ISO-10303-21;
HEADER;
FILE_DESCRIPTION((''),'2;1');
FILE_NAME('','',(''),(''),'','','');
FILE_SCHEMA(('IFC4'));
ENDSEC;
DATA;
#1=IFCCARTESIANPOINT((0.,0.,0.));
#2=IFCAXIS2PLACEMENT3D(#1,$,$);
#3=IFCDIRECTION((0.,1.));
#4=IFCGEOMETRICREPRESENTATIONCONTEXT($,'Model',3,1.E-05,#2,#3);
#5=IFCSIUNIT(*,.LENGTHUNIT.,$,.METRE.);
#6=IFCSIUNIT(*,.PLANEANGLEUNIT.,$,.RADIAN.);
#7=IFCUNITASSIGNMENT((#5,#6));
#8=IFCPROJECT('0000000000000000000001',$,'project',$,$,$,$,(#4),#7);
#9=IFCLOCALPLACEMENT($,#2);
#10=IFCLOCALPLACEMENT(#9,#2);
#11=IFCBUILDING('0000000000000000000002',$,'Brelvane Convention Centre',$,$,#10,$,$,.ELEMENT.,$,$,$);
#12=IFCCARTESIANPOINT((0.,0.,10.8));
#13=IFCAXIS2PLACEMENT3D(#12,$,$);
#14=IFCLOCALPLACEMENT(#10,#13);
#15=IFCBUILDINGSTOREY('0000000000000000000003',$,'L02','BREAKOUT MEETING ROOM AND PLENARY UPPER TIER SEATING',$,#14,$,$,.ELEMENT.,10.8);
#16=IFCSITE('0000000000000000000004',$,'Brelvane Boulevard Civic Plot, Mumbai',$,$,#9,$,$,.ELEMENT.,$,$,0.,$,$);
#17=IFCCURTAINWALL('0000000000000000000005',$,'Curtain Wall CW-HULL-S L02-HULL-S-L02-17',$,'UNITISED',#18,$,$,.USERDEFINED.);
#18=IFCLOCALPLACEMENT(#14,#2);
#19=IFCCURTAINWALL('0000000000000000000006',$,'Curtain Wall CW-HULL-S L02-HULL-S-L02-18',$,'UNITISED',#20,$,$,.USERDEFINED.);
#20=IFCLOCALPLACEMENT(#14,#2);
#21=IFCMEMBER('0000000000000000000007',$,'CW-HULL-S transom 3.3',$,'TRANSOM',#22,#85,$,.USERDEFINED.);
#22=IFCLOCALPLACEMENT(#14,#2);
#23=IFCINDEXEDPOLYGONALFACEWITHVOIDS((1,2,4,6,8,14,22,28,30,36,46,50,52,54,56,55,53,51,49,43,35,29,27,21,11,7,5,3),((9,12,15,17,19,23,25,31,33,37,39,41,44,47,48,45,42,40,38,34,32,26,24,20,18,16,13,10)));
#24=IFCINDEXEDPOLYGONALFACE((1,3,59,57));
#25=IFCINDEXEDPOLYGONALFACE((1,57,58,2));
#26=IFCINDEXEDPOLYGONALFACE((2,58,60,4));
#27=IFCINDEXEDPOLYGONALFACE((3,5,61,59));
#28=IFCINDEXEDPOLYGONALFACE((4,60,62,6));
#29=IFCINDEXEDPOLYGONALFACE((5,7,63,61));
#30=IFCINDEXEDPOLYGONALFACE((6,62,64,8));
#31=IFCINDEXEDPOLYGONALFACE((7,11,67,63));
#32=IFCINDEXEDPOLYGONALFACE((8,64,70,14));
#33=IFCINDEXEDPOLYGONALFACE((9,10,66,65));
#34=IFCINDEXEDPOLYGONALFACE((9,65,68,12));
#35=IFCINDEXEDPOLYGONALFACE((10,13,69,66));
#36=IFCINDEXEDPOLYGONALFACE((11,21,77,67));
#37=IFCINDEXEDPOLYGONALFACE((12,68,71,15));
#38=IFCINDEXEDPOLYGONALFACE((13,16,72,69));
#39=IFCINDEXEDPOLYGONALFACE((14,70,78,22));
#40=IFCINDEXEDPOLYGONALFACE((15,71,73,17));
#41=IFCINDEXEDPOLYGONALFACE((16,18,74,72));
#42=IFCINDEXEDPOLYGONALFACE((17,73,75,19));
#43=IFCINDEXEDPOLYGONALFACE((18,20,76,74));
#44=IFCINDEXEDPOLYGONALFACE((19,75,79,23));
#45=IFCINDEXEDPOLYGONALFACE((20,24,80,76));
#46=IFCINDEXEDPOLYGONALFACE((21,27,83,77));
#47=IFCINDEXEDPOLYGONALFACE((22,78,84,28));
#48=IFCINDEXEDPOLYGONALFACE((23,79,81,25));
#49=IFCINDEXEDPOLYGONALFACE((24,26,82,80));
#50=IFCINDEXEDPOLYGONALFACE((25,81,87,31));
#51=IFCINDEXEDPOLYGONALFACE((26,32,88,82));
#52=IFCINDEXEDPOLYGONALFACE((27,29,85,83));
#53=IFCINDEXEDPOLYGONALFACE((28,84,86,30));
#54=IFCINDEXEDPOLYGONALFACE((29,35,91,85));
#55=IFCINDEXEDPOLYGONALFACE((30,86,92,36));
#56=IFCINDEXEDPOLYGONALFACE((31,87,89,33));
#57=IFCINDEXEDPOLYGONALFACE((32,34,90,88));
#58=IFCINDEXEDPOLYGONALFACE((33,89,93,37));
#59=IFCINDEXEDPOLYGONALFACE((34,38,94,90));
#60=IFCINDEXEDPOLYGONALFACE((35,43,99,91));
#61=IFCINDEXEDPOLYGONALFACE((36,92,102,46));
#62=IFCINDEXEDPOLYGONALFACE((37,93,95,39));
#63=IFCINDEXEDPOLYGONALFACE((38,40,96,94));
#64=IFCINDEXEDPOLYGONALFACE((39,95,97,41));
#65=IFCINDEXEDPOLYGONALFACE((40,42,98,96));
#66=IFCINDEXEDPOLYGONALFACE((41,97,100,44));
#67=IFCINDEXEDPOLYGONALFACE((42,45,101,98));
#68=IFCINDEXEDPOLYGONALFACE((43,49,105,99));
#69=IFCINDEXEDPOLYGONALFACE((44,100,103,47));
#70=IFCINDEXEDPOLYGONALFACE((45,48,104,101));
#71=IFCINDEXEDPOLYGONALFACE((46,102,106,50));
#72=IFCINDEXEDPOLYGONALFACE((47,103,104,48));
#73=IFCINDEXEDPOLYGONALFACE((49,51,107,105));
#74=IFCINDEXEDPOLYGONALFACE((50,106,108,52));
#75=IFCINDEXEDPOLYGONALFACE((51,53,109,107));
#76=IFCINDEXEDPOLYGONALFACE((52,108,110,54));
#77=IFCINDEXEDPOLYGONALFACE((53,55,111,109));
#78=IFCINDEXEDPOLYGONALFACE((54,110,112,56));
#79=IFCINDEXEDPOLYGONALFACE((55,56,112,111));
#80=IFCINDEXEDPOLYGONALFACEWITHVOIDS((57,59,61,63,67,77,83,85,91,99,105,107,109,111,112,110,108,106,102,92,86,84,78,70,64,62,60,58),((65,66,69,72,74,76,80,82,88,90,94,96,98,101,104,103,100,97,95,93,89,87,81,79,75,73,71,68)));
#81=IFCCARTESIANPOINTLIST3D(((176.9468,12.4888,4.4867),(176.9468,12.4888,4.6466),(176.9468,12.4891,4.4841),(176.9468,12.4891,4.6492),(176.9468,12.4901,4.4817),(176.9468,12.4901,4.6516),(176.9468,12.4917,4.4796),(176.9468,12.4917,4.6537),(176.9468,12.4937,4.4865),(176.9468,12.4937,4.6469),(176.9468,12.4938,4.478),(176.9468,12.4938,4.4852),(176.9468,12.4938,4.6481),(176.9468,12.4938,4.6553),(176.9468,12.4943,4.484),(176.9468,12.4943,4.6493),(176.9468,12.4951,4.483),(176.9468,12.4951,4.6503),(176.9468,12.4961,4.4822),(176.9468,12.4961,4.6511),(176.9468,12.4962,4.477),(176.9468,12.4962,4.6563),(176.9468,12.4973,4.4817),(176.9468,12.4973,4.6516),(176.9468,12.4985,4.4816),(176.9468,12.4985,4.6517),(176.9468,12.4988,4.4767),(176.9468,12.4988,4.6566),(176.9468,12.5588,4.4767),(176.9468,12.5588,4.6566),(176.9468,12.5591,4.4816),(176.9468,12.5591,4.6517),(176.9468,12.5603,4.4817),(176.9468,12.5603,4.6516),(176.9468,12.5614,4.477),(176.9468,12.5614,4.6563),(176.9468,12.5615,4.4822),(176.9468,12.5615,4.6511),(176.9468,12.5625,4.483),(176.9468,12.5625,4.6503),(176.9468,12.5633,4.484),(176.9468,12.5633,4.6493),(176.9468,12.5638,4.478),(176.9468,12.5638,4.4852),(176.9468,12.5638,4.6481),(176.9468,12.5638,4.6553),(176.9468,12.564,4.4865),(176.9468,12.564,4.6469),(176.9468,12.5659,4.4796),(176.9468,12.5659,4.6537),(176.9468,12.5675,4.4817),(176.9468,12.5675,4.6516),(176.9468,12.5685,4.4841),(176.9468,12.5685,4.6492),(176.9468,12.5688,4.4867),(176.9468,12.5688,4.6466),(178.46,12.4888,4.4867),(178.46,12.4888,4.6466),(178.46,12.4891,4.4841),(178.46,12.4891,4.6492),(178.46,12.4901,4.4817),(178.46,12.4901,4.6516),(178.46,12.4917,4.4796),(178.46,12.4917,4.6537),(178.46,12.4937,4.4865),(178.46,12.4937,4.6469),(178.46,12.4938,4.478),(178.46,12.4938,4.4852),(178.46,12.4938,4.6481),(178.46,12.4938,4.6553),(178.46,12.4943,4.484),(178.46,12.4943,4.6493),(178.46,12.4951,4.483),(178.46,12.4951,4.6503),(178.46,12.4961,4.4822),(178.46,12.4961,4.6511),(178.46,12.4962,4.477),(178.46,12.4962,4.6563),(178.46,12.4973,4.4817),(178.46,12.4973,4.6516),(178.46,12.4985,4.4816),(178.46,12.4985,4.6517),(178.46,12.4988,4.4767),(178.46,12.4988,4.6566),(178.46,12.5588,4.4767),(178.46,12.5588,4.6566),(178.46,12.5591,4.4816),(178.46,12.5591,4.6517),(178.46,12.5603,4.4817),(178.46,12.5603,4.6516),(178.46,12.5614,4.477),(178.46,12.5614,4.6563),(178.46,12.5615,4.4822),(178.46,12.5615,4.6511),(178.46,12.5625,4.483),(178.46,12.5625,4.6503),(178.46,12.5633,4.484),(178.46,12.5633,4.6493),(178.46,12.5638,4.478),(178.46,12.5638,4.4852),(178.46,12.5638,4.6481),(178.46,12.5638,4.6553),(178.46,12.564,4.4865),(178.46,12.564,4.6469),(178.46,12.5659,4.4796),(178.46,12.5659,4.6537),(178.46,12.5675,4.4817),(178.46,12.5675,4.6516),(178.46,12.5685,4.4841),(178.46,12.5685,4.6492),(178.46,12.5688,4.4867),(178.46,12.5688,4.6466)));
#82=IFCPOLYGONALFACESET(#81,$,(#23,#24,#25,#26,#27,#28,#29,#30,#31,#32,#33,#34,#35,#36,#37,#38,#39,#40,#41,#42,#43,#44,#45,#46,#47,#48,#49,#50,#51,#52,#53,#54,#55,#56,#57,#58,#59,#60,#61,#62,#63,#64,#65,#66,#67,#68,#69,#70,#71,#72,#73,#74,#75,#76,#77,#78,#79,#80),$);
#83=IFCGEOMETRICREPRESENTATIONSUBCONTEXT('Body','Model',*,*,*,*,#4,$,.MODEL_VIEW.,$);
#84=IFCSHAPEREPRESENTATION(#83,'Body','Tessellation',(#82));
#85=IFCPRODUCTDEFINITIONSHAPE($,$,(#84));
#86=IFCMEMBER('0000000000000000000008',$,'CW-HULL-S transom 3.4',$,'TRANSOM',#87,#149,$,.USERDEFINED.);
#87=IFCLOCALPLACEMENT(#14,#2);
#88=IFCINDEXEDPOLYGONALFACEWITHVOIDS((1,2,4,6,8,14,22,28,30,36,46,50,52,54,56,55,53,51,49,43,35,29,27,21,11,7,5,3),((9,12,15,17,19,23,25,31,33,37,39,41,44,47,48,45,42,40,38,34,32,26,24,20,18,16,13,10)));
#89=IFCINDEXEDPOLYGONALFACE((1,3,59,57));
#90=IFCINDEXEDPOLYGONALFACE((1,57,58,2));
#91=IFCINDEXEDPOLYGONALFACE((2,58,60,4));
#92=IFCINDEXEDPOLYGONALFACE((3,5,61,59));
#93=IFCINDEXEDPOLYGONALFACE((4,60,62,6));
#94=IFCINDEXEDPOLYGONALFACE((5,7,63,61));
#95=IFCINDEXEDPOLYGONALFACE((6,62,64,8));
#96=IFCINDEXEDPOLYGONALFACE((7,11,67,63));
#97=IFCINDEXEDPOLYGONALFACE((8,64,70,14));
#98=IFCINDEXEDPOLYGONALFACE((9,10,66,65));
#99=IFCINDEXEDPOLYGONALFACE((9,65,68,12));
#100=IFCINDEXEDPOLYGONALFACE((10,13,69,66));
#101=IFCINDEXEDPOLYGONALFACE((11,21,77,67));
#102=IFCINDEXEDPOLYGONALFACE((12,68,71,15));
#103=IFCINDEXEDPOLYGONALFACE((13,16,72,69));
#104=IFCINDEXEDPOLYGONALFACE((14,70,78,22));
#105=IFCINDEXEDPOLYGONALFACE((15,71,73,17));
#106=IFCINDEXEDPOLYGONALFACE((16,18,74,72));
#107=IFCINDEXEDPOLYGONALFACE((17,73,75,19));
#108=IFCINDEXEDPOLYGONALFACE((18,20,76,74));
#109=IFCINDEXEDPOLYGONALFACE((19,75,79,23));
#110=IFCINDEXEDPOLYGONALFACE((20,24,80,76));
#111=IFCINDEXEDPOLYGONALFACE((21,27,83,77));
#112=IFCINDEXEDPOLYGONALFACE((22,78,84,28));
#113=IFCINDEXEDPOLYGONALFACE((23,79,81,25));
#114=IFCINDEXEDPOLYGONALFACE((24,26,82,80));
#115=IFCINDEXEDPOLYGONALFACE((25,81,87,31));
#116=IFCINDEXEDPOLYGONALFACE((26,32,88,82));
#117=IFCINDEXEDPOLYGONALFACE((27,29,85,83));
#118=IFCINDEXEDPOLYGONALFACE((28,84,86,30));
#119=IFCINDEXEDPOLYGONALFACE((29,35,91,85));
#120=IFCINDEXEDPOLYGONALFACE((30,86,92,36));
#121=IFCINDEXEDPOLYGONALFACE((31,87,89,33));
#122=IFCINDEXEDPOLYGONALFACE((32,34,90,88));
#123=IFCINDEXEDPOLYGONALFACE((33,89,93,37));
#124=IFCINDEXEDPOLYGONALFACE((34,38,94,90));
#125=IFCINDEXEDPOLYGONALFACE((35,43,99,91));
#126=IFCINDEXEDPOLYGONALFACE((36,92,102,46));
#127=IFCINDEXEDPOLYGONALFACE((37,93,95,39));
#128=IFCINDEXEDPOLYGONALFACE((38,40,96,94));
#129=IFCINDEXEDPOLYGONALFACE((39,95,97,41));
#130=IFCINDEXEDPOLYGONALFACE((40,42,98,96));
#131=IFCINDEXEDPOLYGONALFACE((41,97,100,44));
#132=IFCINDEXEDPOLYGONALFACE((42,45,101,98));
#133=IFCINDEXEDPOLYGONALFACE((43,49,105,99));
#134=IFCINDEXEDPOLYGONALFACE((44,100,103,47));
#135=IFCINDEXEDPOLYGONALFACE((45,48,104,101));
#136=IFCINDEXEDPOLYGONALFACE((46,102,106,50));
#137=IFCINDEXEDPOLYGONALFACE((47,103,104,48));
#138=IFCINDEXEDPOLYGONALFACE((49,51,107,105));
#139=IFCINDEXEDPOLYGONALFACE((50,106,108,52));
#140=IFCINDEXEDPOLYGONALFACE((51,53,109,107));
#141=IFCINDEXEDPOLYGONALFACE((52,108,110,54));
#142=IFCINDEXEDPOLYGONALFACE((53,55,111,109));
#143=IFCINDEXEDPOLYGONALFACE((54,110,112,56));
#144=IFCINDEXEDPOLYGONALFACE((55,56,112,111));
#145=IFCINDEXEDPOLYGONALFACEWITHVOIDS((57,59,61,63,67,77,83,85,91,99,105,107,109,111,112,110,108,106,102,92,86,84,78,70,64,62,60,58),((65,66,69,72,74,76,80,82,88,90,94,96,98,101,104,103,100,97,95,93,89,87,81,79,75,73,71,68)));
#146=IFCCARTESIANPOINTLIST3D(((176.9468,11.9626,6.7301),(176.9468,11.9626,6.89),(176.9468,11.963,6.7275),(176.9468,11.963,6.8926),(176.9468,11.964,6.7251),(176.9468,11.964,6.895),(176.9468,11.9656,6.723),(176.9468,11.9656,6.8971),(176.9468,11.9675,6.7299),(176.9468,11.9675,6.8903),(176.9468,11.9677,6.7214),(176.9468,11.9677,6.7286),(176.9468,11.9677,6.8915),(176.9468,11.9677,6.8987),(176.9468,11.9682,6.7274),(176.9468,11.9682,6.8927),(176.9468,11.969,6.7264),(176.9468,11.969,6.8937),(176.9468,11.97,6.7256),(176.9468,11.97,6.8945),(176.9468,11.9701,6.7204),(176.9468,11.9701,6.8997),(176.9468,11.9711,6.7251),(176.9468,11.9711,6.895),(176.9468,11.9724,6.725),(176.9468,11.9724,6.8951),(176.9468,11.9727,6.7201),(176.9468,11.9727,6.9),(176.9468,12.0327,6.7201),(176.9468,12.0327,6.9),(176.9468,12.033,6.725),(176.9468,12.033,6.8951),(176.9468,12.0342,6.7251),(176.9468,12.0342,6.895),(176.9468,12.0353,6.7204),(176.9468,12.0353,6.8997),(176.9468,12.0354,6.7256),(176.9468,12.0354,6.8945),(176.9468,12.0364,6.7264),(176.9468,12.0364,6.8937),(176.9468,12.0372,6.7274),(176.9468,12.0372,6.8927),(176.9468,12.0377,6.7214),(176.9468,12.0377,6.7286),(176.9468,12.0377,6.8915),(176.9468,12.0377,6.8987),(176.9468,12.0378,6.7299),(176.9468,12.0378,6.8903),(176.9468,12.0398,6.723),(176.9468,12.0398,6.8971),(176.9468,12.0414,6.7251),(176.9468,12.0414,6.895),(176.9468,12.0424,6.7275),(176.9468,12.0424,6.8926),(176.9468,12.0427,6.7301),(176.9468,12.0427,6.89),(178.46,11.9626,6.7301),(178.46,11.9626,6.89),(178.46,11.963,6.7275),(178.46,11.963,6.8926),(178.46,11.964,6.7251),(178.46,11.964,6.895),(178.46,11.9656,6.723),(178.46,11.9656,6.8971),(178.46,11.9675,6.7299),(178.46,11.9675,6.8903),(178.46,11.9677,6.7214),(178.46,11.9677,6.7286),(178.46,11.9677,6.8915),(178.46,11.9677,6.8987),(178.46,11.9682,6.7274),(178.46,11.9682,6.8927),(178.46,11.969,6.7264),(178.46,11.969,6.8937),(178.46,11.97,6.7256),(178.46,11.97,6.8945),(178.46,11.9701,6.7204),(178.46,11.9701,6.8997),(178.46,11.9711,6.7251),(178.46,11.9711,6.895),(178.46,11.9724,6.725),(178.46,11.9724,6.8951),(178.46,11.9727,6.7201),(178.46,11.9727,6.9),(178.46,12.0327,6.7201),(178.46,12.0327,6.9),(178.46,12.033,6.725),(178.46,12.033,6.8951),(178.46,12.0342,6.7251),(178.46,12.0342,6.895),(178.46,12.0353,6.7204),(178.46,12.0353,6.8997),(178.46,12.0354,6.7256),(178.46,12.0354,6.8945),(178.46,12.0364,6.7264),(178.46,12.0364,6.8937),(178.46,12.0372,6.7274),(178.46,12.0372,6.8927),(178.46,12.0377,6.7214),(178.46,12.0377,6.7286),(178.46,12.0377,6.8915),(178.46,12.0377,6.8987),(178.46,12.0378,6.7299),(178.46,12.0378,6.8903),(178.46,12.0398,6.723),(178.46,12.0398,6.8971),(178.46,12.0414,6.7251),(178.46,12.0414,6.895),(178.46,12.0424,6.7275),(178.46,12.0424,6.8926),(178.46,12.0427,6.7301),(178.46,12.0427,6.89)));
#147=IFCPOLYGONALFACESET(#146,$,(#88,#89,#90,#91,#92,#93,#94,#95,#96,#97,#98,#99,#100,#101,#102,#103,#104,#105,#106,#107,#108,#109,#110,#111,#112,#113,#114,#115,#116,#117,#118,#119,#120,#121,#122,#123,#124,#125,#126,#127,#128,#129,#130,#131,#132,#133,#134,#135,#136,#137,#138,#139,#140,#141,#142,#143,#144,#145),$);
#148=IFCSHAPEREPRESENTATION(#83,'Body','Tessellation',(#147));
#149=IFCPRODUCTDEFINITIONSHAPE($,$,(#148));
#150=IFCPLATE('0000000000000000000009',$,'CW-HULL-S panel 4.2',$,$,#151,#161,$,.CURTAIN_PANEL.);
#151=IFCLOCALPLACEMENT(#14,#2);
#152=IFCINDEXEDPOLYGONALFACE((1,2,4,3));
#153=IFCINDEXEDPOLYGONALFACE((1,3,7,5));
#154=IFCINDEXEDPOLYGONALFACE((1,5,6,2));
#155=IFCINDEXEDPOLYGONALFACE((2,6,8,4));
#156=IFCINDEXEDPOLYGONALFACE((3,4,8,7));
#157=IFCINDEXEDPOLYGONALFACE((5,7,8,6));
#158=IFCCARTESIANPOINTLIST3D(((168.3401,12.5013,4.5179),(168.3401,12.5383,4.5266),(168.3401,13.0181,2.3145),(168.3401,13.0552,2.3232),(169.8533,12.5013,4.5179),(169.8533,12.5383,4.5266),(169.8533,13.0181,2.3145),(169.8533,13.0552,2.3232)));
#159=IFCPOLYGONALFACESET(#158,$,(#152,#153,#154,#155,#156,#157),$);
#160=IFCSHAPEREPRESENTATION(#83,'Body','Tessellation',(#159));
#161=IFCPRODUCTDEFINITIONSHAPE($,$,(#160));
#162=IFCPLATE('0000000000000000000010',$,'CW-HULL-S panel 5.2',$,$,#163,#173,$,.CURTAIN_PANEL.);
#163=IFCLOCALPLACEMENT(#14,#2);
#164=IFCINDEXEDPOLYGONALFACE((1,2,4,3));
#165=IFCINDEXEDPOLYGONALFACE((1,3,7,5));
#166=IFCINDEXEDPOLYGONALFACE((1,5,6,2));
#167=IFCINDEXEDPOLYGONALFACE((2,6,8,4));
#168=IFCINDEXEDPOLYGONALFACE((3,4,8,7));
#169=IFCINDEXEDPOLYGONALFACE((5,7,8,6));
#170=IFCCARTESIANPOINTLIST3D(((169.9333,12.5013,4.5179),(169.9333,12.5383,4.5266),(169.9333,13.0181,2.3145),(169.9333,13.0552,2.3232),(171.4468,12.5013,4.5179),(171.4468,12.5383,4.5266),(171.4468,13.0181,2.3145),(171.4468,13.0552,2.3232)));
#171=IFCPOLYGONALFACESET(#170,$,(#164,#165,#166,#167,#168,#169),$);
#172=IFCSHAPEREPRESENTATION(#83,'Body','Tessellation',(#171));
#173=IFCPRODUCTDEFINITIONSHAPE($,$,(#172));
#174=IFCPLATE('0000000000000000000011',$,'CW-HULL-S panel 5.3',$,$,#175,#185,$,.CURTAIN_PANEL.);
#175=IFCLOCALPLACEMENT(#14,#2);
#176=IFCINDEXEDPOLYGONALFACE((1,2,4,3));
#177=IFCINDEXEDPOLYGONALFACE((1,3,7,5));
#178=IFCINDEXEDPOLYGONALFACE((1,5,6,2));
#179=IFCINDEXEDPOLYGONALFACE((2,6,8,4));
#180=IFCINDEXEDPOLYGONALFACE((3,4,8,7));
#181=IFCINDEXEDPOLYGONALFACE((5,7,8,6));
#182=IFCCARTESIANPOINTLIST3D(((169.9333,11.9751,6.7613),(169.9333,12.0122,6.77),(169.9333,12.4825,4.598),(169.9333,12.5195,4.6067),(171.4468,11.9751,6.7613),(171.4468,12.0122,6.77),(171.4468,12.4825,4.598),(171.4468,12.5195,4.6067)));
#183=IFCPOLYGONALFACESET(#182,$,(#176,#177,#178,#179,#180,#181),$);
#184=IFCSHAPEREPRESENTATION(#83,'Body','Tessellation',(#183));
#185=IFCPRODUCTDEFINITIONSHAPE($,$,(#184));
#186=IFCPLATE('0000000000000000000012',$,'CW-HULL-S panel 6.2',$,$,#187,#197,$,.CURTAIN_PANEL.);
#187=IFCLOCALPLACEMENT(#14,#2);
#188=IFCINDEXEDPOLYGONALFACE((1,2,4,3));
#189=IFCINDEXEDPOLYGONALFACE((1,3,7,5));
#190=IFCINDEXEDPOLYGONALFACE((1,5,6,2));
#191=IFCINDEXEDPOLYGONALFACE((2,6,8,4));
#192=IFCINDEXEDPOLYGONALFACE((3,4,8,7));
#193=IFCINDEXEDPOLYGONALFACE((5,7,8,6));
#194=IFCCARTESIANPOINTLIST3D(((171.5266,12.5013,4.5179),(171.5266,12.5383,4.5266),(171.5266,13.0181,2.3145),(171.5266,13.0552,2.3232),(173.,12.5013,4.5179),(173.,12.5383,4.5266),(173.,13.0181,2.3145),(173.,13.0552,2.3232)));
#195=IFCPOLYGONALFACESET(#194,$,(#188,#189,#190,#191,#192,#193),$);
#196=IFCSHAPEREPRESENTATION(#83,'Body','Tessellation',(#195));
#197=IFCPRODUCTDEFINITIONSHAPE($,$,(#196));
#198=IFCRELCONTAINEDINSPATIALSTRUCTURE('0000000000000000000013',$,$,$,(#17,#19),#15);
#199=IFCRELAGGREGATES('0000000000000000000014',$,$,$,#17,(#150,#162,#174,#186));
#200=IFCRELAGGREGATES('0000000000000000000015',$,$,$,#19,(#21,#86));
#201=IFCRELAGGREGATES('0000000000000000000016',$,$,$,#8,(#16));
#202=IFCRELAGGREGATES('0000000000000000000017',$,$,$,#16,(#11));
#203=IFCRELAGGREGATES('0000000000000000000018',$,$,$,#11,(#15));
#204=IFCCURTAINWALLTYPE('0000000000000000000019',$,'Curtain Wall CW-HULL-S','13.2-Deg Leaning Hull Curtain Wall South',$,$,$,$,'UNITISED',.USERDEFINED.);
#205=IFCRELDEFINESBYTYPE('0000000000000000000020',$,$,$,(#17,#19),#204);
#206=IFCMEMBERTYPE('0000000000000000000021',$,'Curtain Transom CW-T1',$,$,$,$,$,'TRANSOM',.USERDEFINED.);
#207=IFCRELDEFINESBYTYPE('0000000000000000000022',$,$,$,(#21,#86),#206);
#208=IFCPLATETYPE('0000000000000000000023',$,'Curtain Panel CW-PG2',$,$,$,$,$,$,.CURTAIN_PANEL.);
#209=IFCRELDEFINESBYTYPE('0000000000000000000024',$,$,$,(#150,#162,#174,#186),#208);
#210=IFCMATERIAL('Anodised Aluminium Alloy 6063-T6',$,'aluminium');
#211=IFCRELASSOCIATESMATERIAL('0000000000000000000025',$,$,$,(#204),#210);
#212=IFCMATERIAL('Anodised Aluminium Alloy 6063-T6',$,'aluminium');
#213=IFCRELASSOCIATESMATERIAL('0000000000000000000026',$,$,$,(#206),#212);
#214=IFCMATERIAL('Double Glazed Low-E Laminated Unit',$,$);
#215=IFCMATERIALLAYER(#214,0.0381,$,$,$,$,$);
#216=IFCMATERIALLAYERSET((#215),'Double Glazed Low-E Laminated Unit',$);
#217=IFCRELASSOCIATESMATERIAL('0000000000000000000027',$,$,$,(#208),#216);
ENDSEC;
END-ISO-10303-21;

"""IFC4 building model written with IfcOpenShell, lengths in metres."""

from ifc_helpers import new_model, si_unit, direction, frame, origin, origin_2d, place, context, subcontext, project, spatial, polyline, hollow_rectangle, outline, extrude, material, layer, layer_set, material_profile, profile_set, type_object, element, aggregate, save


model = new_model("IFC4")

# Units and contexts
model_context = context("Model", 3, precision=1e-05, world=origin(), true_north=direction((0.0, 1.0)))
body_context = subcontext(model_context, "Body", "Model", "MODEL_VIEW")
ifc_project = project(units=[si_unit("LENGTHUNIT", "METRE"), si_unit("PLANEANGLEUNIT", "RADIAN")], contexts=[model_context])

# Site, building, storey
site_placement = place(None, origin())
site = spatial("IfcSite", under=ifc_project, at=site_placement, Name="Brelvane Boulevard Civic Plot, Mumbai", CompositionType="ELEMENT", RefElevation=0.0)
building_placement = place(site_placement, origin())
building = spatial("IfcBuilding", under=site, at=building_placement, Name="Brelvane Convention Centre", CompositionType="ELEMENT")
storey_placement = place(building_placement, frame((0.0, 0.0, 10.8)))
storey = spatial("IfcBuildingStorey", under=building, at=storey_placement, Name="L02", Description="BREAKOUT MEETING ROOM AND PLENARY UPPER TIER SEATING", CompositionType="ELEMENT", Elevation=10.8)

# Curtain walls, members
ifc_material_1 = material(Name="Anodised Aluminium Alloy 6063-T6", Category="aluminium")
curtain_wall_type = type_object("IfcCurtainWallType", Name="Curtain Wall CW-HULL-S", Description="13.2-Deg Leaning Hull Curtain Wall South", ElementType="UNITISED", PredefinedType="USERDEFINED", material=ifc_material_1)
curtain_wall_1_placement = place(storey_placement, origin())
curtain_wall_1 = element("IfcCurtainWall", 1, at=curtain_wall_1_placement, inside=storey, type_object=curtain_wall_type, Name="Curtain Wall CW-HULL-S L02-HULL-S-L02-17", ObjectType="UNITISED", PredefinedType="USERDEFINED")
ifc_material_2 = material(Name="Anodised Aluminium Alloy 6063-T6", Category="aluminium")
ifc_material_profile = material_profile(ifc_material_2, hollow_rectangle(XDim=0.0801, YDim=0.1799, WallThickness=0.0049, InnerFilletRadius=0.0049, OuterFilletRadius=0.01, at=origin_2d()), Name="ALU-T 180x80x5.0")
ifc_profile_set = profile_set([ifc_material_profile], Name="Anodised Aluminium Alloy 6063-T6")
member_type = type_object("IfcMemberType", Name="Curtain Transom CW-T1", ElementType="TRANSOM", PredefinedType="USERDEFINED", material=ifc_profile_set)
curtain_wall_2_placement = place(storey_placement, origin())
curtain_wall_2 = element("IfcCurtainWall", 2, at=curtain_wall_2_placement, inside=storey, type_object=curtain_wall_type, Name="Curtain Wall CW-HULL-S L02-HULL-S-L02-18", ObjectType="UNITISED", PredefinedType="USERDEFINED")
member_1_placement = place(storey_placement, frame((176.9468, 12.5288, 4.5667), z_axis=(1.0, 0.0, 0.0), x_axis=(0.0, 1.0, 0.0)))
member_1 = element("IfcMember", 3, at=member_1_placement, type_object=member_type, Name="CW-HULL-S transom 3.3", ObjectType="TRANSOM", PredefinedType="USERDEFINED", context=body_context, shape_type="SweptSolid", body=[
    extrude(hollow_rectangle(XDim=0.0801, YDim=0.1799, WallThickness=0.0049, InnerFilletRadius=0.0049, OuterFilletRadius=0.01, at=origin_2d()), origin(), (0.0, 0.0, 1.0), 1.5132),
])
member_2_placement = place(storey_placement, frame((176.9468, 12.0027, 6.8101), z_axis=(1.0, 0.0, 0.0), x_axis=(0.0, 1.0, 0.0)))
member_2 = element("IfcMember", 4, at=member_2_placement, type_object=member_type, Name="CW-HULL-S transom 3.4", ObjectType="TRANSOM", PredefinedType="USERDEFINED", context=body_context, shape_type="SweptSolid", body=[
    extrude(hollow_rectangle(XDim=0.0801, YDim=0.1799, WallThickness=0.0049, InnerFilletRadius=0.0049, OuterFilletRadius=0.01, at=origin_2d()), origin(), (0.0, 0.0, 1.0), 1.5132),
])

# Plates
ifc_material_3 = material(Name="Double Glazed Low-E Laminated Unit")
ifc_layer_1 = layer(ifc_material_3, 0.0381)
ifc_layer_set_1 = layer_set([ifc_layer_1], Name="Double Glazed Low-E Laminated Unit")
plate_type_1 = type_object("IfcPlateType", Name="Curtain Panel CW-PG2", PredefinedType="CURTAIN_PANEL", material=ifc_layer_set_1)
plate_1_placement = place(storey_placement, frame((168.3401, 13.0552, 2.3232), z_axis=(0.0, 0.973574, 0.228372), x_axis=(1.0, 0.0, 0.0)))
plate_1 = element("IfcPlate", 5, at=plate_1_placement, type_object=plate_type_1, Name="CW-HULL-S panel 4.2", PredefinedType="CURTAIN_PANEL", context=body_context, shape_type="SweptSolid", body=[
    extrude(outline(polyline([(0.0, 0.0), (1.5132, 0.0), (1.5132, -2.2632), (0.0, -2.2632), (0.0, 0.0)])), origin(), (0.0, 0.0, -1.0), 0.0381),
])
plate_2_placement = place(storey_placement, frame((169.9333, 13.0552, 2.3232), z_axis=(0.0, 0.973574, 0.228372), x_axis=(1.0, 0.0, 0.0)))
plate_2 = element("IfcPlate", 6, at=plate_2_placement, type_object=plate_type_1, Name="CW-HULL-S panel 5.2", PredefinedType="CURTAIN_PANEL", context=body_context, shape_type="SweptSolid", body=[
    extrude(outline(polyline([(0.0, 0.0), (1.5134, 0.0), (1.5134, -2.2632), (0.0, -2.2632), (0.0, 0.0)])), origin(), (0.0, 0.0, -1.0), 0.0381),
])
plate_3_placement = place(storey_placement, frame((169.9333, 12.5195, 4.6067), z_axis=(0.0, 0.973587, 0.228317), x_axis=(1.0, 0.0, 0.0)))
plate_3 = element("IfcPlate", 7, at=plate_3_placement, type_object=plate_type_1, Name="CW-HULL-S panel 5.3", PredefinedType="CURTAIN_PANEL", context=body_context, shape_type="SweptSolid", body=[
    extrude(outline(polyline([(0.0, 0.0), (1.5134, 0.0), (1.5134, -2.222), (0.0, -2.222), (0.0, 0.0)])), origin(), (0.0, 0.0, -1.0), 0.0381),
])
plate_4_placement = place(storey_placement, frame((171.5266, 13.0552, 2.3232), z_axis=(0.0, 0.973574, 0.228372), x_axis=(1.0, 0.0, 0.0)))
plate_4 = element("IfcPlate", 8, at=plate_4_placement, type_object=plate_type_1, Name="CW-HULL-S panel 6.2", PredefinedType="CURTAIN_PANEL", context=body_context, shape_type="SweptSolid", body=[
    extrude(outline(polyline([(0.0, 0.0), (1.4734, 0.0), (1.4734, -2.2632), (0.0, -2.2632), (0.0, 0.0)])), origin(), (0.0, 0.0, -1.0), 0.0381),
])
aggregate(curtain_wall_1, [plate_1, plate_2, plate_3, plate_4])
aggregate(curtain_wall_2, [member_1, member_2])

save(model, "model.ifc")
